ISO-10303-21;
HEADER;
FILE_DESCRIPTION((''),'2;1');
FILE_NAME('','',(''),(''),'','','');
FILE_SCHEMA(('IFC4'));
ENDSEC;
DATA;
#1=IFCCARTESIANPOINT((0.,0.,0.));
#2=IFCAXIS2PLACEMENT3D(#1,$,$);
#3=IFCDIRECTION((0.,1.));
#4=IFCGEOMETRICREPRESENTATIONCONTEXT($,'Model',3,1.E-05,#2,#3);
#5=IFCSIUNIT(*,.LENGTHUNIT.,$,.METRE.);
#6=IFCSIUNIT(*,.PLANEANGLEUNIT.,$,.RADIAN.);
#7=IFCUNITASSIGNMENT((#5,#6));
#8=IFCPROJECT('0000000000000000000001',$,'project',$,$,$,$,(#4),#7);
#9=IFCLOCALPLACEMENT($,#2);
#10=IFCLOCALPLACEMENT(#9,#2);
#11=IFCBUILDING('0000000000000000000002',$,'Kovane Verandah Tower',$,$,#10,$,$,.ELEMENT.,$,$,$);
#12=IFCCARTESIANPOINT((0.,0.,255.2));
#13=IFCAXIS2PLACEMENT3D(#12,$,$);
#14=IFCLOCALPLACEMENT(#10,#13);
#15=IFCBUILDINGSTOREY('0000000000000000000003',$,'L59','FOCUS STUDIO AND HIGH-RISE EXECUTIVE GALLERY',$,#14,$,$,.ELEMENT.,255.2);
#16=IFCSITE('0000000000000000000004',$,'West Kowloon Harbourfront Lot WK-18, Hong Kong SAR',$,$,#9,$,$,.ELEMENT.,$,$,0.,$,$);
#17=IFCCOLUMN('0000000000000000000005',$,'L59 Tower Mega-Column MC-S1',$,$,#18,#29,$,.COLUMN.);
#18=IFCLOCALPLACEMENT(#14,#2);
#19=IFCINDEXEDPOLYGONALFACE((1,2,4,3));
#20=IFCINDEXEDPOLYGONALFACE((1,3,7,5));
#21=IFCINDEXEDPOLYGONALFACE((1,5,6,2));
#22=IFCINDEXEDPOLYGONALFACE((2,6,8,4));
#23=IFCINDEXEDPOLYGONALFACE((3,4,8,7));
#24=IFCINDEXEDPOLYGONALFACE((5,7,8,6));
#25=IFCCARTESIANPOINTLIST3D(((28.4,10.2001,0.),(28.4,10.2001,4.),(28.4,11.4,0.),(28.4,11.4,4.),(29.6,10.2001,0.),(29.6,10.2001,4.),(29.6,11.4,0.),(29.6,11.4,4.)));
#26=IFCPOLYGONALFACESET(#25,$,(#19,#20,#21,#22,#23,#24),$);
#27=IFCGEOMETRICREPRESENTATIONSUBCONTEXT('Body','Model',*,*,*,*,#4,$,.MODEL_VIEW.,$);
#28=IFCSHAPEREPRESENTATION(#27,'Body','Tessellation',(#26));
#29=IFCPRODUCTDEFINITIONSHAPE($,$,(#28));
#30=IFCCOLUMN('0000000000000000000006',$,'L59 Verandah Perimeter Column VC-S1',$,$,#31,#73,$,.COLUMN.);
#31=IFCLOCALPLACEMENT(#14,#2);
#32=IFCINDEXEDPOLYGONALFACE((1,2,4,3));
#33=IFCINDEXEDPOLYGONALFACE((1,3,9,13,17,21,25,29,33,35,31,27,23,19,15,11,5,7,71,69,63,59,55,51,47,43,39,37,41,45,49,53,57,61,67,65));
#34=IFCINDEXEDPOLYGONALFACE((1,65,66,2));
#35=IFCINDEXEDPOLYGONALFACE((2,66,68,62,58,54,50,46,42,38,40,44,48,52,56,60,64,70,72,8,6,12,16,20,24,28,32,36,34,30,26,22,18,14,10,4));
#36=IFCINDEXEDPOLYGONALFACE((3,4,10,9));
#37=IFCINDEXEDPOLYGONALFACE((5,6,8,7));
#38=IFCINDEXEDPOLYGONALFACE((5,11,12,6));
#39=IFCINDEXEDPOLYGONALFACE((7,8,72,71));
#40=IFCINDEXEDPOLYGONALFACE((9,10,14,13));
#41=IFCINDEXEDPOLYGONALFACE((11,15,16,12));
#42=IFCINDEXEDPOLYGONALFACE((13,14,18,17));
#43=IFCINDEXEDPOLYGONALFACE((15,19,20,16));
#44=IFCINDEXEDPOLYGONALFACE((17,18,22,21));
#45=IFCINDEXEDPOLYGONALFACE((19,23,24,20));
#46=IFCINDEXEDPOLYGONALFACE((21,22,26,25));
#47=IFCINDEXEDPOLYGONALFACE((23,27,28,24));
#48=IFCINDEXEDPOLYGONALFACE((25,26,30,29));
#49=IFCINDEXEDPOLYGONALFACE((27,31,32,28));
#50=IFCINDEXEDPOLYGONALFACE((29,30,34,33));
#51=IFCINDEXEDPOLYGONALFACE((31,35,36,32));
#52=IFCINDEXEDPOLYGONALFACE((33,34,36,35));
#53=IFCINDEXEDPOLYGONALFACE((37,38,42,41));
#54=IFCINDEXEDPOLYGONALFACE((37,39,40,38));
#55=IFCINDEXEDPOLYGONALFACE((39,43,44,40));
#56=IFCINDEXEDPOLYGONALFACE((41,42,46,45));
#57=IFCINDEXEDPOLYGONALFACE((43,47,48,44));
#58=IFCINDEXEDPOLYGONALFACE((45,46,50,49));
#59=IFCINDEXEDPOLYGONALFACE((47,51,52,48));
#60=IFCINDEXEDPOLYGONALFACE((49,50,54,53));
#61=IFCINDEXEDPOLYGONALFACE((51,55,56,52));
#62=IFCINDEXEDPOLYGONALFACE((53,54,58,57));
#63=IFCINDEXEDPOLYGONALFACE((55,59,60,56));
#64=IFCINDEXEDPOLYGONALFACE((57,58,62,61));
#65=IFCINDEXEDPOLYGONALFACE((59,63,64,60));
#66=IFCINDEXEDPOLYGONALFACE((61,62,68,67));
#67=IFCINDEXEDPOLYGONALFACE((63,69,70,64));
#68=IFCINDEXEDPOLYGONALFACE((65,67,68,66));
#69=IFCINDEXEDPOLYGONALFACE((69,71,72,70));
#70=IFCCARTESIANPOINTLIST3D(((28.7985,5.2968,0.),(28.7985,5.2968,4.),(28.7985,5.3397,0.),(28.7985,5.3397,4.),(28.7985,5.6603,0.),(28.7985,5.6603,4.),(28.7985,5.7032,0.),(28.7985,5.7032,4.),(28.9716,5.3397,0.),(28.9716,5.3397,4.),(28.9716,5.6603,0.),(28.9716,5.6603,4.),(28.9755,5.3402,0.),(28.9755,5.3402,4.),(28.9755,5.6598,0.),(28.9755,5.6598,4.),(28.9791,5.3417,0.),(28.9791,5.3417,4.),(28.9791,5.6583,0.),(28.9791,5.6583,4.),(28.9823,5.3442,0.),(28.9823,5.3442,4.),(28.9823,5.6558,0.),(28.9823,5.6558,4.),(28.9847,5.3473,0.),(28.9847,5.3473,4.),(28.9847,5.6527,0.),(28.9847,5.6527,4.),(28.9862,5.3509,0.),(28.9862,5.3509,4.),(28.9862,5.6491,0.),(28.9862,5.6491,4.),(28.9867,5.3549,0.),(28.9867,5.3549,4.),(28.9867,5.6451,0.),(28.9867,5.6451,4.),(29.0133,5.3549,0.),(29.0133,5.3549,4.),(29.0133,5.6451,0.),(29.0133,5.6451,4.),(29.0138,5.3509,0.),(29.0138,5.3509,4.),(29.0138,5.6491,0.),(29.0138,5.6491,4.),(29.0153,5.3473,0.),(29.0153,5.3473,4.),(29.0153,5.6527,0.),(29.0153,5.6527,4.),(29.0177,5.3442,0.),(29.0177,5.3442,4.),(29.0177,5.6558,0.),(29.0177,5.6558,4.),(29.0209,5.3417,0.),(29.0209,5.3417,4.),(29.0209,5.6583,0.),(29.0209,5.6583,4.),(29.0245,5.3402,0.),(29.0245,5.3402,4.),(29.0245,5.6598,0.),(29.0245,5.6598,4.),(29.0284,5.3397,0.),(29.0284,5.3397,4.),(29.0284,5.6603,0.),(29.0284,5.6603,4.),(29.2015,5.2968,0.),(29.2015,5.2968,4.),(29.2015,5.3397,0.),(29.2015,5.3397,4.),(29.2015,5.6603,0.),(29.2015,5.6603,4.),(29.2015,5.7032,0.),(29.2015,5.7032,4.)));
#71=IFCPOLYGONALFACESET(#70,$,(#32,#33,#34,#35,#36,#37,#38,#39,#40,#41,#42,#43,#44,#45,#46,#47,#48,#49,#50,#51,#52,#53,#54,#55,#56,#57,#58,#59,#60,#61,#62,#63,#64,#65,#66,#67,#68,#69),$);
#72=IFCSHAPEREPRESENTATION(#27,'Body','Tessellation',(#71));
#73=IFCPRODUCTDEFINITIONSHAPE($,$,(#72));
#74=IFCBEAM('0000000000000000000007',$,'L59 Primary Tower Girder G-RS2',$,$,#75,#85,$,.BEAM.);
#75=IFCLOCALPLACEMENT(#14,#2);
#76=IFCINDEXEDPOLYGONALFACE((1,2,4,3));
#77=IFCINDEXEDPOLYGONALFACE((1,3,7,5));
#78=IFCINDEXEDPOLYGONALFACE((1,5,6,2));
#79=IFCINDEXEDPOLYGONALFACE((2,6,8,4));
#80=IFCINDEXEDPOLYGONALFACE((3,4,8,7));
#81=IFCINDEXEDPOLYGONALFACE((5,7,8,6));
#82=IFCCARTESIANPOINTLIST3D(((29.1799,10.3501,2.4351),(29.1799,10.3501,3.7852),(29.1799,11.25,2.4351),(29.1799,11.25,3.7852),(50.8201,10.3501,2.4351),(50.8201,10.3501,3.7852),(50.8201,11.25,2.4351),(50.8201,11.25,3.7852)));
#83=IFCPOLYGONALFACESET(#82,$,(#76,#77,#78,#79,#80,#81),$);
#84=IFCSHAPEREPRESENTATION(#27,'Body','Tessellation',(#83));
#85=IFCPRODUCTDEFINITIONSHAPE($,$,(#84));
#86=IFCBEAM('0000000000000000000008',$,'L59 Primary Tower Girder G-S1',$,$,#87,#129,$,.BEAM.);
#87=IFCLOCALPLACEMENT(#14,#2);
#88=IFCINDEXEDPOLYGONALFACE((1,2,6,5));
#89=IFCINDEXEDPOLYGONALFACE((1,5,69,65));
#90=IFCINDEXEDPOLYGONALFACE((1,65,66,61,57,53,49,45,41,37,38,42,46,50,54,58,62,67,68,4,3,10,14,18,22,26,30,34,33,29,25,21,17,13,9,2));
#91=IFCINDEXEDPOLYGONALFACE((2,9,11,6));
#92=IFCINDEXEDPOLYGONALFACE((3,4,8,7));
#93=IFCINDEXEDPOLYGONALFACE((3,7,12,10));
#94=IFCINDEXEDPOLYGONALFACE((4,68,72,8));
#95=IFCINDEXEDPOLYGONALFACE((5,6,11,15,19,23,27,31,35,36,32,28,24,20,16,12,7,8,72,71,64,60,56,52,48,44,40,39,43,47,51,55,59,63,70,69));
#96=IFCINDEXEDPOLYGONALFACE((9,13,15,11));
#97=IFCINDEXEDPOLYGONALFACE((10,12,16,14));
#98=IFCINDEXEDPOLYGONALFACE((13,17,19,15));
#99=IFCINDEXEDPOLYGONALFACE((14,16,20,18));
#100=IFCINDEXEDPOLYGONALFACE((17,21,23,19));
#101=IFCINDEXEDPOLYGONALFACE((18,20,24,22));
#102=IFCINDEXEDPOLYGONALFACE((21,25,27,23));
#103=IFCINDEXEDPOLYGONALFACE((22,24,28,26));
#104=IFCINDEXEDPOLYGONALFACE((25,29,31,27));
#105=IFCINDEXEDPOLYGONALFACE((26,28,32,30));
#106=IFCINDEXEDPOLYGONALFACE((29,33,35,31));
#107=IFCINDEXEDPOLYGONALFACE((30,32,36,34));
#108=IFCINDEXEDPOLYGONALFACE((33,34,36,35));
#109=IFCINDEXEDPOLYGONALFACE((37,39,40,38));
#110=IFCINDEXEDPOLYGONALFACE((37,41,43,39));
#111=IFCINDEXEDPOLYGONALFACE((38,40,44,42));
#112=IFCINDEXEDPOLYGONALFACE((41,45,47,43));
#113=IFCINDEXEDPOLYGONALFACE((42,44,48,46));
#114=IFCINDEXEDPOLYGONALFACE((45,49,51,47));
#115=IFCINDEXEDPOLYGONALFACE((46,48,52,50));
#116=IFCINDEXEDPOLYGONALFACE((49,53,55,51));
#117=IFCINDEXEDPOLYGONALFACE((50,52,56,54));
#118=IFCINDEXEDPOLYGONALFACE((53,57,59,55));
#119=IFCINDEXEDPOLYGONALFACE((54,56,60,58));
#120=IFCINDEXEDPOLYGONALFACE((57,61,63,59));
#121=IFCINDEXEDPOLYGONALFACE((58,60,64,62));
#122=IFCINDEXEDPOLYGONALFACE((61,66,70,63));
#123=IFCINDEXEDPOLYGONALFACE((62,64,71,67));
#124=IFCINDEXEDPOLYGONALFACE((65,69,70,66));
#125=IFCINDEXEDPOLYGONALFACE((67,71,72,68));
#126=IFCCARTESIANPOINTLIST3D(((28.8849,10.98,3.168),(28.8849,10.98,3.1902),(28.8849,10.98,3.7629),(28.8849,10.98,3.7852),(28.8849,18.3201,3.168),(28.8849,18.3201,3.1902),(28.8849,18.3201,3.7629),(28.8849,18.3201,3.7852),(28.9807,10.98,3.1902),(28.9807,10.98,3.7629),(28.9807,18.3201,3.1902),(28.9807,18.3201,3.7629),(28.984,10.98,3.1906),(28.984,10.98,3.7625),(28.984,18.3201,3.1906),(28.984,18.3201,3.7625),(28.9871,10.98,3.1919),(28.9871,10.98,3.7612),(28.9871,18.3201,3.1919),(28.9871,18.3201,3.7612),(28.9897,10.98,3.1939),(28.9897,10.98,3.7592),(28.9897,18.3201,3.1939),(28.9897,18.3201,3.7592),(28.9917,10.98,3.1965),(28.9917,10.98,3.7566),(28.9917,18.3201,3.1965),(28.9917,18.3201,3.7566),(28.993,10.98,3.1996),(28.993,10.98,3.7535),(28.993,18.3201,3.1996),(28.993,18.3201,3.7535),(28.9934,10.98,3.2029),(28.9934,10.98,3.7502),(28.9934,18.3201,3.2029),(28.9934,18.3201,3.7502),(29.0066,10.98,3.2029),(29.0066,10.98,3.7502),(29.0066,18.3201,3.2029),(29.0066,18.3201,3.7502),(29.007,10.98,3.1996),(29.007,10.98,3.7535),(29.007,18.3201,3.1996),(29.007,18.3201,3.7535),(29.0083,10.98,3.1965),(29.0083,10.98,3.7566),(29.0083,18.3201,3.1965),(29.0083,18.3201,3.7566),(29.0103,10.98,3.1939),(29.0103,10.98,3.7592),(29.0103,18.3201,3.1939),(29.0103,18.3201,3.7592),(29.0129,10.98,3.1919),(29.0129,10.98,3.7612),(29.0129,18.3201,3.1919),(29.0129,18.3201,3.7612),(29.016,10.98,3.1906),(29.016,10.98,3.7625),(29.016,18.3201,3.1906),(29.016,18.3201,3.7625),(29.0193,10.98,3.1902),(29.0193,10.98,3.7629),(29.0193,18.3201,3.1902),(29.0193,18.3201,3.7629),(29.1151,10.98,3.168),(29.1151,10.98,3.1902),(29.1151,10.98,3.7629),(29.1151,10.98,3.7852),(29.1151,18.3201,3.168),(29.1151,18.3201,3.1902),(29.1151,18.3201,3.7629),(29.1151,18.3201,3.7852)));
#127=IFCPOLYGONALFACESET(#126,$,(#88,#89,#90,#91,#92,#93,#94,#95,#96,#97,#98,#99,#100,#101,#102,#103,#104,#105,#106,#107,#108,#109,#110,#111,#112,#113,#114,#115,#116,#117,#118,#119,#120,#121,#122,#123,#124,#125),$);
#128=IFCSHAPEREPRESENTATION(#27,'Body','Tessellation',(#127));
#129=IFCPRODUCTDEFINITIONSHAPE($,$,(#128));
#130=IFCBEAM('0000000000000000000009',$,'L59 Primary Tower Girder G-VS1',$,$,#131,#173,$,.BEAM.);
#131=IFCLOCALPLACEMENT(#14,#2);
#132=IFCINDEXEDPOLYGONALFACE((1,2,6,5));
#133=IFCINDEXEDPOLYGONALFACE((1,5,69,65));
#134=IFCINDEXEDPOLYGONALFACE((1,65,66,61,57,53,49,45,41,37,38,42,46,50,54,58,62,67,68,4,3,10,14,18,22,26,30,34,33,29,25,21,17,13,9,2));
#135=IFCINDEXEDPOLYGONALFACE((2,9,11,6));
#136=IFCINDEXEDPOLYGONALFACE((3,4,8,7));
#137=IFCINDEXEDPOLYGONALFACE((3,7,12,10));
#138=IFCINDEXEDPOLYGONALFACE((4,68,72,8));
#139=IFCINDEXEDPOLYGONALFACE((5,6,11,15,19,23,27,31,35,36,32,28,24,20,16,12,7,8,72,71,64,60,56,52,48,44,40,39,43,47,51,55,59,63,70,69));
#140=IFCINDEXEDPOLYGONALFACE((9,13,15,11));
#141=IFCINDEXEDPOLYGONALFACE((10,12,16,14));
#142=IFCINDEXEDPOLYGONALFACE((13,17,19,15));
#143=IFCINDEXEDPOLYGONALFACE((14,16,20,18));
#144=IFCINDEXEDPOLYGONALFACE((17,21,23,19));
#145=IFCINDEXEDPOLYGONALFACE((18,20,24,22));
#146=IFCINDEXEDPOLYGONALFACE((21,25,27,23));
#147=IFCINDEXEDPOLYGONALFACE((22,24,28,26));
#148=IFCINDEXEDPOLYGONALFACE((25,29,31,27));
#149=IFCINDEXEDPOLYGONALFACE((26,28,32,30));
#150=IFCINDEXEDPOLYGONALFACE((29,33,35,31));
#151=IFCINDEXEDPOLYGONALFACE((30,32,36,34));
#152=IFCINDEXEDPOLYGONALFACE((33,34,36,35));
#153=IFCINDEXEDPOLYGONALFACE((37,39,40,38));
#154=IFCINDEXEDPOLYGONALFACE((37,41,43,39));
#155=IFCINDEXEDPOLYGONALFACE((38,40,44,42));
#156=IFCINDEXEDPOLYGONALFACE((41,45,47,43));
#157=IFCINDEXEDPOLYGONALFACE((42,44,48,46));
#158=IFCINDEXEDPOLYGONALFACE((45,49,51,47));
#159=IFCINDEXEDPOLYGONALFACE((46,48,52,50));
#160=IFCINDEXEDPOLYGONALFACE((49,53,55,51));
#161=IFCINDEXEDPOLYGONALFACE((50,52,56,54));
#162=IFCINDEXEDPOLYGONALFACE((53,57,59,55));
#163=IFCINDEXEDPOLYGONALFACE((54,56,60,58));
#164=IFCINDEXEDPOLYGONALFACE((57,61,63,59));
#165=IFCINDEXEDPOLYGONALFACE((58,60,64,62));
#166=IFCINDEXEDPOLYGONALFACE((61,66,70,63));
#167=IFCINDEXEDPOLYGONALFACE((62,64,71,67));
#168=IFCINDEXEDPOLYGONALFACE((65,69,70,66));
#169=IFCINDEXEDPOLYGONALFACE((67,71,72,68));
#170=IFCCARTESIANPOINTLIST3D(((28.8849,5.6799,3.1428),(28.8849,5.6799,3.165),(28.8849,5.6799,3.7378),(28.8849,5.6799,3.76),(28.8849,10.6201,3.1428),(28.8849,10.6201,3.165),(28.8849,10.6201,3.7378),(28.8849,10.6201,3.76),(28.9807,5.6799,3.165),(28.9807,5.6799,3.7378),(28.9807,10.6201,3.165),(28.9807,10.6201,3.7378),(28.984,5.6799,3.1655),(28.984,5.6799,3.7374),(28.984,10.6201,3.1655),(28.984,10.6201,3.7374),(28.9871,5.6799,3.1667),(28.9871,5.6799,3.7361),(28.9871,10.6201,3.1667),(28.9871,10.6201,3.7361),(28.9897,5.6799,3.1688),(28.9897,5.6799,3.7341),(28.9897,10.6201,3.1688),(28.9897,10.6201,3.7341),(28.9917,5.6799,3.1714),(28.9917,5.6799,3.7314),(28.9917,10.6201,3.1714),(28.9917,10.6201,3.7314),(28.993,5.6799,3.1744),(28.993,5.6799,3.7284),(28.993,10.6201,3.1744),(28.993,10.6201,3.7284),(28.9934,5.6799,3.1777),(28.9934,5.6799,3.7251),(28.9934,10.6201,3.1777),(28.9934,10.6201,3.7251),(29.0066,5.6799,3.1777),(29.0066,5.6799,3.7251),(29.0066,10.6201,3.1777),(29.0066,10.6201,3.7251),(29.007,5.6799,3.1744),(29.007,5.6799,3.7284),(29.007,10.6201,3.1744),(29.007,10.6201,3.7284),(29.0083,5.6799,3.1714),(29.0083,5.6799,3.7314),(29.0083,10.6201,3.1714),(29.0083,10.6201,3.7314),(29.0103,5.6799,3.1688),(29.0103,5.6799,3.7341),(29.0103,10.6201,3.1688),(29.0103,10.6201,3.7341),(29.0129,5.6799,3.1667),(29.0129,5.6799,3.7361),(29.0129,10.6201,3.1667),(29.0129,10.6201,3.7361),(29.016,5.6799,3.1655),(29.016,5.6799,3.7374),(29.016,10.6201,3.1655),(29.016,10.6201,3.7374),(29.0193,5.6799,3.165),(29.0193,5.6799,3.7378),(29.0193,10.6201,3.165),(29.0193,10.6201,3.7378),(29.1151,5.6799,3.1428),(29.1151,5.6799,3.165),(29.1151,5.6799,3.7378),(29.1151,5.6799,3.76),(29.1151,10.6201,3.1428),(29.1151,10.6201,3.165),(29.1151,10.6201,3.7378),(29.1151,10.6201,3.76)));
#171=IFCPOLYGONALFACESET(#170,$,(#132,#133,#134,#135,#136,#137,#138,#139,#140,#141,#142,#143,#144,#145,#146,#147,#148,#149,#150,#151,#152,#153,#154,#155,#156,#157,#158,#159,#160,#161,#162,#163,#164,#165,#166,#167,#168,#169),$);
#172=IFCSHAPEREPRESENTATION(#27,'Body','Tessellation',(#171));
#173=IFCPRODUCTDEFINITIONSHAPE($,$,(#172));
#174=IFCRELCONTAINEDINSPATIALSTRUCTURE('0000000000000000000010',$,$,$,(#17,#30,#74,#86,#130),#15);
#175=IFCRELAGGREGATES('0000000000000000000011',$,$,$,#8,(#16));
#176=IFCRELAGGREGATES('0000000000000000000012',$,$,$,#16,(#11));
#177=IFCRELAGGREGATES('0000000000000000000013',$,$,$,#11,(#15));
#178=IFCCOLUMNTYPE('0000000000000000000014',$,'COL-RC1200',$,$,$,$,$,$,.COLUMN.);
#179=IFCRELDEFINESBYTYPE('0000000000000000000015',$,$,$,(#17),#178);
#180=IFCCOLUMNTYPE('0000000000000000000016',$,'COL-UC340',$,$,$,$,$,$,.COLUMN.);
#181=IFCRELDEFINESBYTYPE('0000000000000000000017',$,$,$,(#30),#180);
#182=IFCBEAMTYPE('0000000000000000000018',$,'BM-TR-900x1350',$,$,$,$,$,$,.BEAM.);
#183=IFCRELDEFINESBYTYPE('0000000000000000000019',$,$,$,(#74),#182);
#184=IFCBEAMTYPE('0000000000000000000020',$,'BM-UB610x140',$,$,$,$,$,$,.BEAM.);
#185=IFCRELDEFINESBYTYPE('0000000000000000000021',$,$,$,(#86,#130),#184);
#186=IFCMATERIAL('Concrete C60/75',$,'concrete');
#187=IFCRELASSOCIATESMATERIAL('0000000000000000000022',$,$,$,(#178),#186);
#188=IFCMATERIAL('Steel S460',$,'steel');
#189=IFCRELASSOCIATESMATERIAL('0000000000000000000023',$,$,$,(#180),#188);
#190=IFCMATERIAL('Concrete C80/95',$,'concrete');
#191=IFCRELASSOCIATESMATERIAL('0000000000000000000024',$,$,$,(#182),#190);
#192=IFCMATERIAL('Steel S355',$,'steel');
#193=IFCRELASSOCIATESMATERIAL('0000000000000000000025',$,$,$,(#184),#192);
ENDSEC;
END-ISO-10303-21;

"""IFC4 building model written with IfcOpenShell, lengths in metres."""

from ifc_helpers import new_model, si_unit, direction, frame, origin, origin_2d, place, context, subcontext, project, spatial, rectangle, i_section, extrude, material, material_profile, profile_set, type_object, element, save


model = new_model("IFC4")

# Units and contexts
model_context = context("Model", 3, precision=1e-05, world=origin(), true_north=direction((0.0, 1.0)))
body_context = subcontext(model_context, "Body", "Model", "MODEL_VIEW")
ifc_project = project(units=[si_unit("LENGTHUNIT", "METRE"), si_unit("PLANEANGLEUNIT", "RADIAN")], contexts=[model_context])

# Site, building, storey
site_placement = place(None, origin())
site = spatial("IfcSite", under=ifc_project, at=site_placement, Name="West Kowloon Harbourfront Lot WK-18, Hong Kong SAR", CompositionType="ELEMENT", RefElevation=0.0)
building_placement = place(site_placement, origin())
building = spatial("IfcBuilding", under=site, at=building_placement, Name="Kovane Verandah Tower", CompositionType="ELEMENT")
storey_placement = place(building_placement, frame((0.0, 0.0, 255.2)))
storey = spatial("IfcBuildingStorey", under=building, at=storey_placement, Name="L59", Description="FOCUS STUDIO AND HIGH-RISE EXECUTIVE GALLERY", CompositionType="ELEMENT", Elevation=255.2)

# Columns
ifc_material_1 = material(Name="Concrete C60/75", Category="concrete")
ifc_material_profile_1 = material_profile(ifc_material_1, rectangle(XDim=1.2, YDim=1.2, at=origin_2d()), Name="RC1200x1200")
ifc_profile_set_1 = profile_set([ifc_material_profile_1], Name="Concrete C60/75")
column_type_1 = type_object("IfcColumnType", Name="COL-RC1200", PredefinedType="COLUMN", material=ifc_profile_set_1)
column_1_placement = place(storey_placement, frame((29.0, 10.8, 0.0), z_axis=(0.0, 0.0, 1.0), x_axis=(1.0, 0.0, 0.0)))
element("IfcColumn", 1, at=column_1_placement, inside=storey, type_object=column_type_1, Name="L59 Tower Mega-Column MC-S1", PredefinedType="COLUMN", context=body_context, shape_type="SweptSolid", body=[
    extrude(rectangle(XDim=1.2, YDim=1.2, at=origin_2d()), origin(), (0.0, 0.0, 1.0), 4.0),
])
ifc_material_2 = material(Name="Steel S460", Category="steel")
ifc_material_profile_2 = material_profile(ifc_material_2, i_section(OverallWidth=0.4031, OverallDepth=0.4065, WebThickness=0.0266, FlangeThickness=0.043, FilletRadius=0.0151, at=origin_2d()), Name="UC356x406x340")
ifc_profile_set_2 = profile_set([ifc_material_profile_2], Name="Steel S460")
column_type_2 = type_object("IfcColumnType", Name="COL-UC340", PredefinedType="COLUMN", material=ifc_profile_set_2)
column_2_placement = place(storey_placement, frame((29.0, 5.5, 0.0), z_axis=(0.0, 0.0, 1.0), x_axis=(1.0, 0.0, 0.0)))
element("IfcColumn", 2, at=column_2_placement, inside=storey, type_object=column_type_2, Name="L59 Verandah Perimeter Column VC-S1", PredefinedType="COLUMN", context=body_context, shape_type="SweptSolid", body=[
    extrude(i_section(OverallWidth=0.4031, OverallDepth=0.4065, WebThickness=0.0266, FlangeThickness=0.043, FilletRadius=0.0151, at=origin_2d()), origin(), (0.0, 0.0, 1.0), 4.0),
])

# Beams
ifc_material_3 = material(Name="Concrete C80/95", Category="concrete")
ifc_material_profile_3 = material_profile(ifc_material_3, rectangle(XDim=0.8999, YDim=1.3501, at=origin_2d()), Name="RCB900x1350")
ifc_profile_set_3 = profile_set([ifc_material_profile_3], Name="Concrete C80/95")
beam_type_1 = type_object("IfcBeamType", Name="BM-TR-900x1350", PredefinedType="BEAM", material=ifc_profile_set_3)
beam_1_placement = place(storey_placement, frame((29.1799, 10.8, 3.1101), z_axis=(1.0, 0.0, 0.0), x_axis=(0.0, 1.0, 0.0)))
element("IfcBeam", 3, at=beam_1_placement, inside=storey, type_object=beam_type_1, Name="L59 Primary Tower Girder G-RS2", PredefinedType="BEAM", context=body_context, shape_type="SweptSolid", body=[
    extrude(rectangle(XDim=0.8999, YDim=1.3501, at=origin_2d()), origin(), (0.0, 0.0, 1.0), 21.6401),
])
ifc_material_4 = material(Name="Steel S355", Category="steel")
ifc_material_profile_4 = material_profile(ifc_material_4, i_section(OverallWidth=0.2302, OverallDepth=0.6172, WebThickness=0.0132, FlangeThickness=0.0222, FilletRadius=0.0127, at=origin_2d()), Name="UB610x229x140")
ifc_profile_set_4 = profile_set([ifc_material_profile_4], Name="Steel S355")
beam_type_2 = type_object("IfcBeamType", Name="BM-UB610x140", PredefinedType="BEAM", material=ifc_profile_set_4)
beam_2_placement = place(storey_placement, frame((29.0, 18.3201, 3.4766), z_axis=(0.0, -1.0, 0.0), x_axis=(1.0, 0.0, 0.0)))
element("IfcBeam", 4, at=beam_2_placement, inside=storey, type_object=beam_type_2, Name="L59 Primary Tower Girder G-S1", PredefinedType="BEAM", context=body_context, shape_type="SweptSolid", body=[
    extrude(i_section(OverallWidth=0.2302, OverallDepth=0.6172, WebThickness=0.0132, FlangeThickness=0.0222, FilletRadius=0.0127, at=origin_2d()), origin(), (0.0, 0.0, 1.0), 7.3401),
])
beam_3_placement = place(storey_placement, frame((29.0, 10.6201, 3.4514), z_axis=(0.0, -1.0, 0.0), x_axis=(1.0, 0.0, 0.0)))
element("IfcBeam", 5, at=beam_3_placement, inside=storey, type_object=beam_type_2, Name="L59 Primary Tower Girder G-VS1", PredefinedType="BEAM", context=body_context, shape_type="SweptSolid", body=[
    extrude(i_section(OverallWidth=0.2302, OverallDepth=0.6172, WebThickness=0.0132, FlangeThickness=0.0222, FilletRadius=0.0127, at=origin_2d()), origin(), (0.0, 0.0, 1.0), 4.9402),
])

save(model, "model.ifc")
